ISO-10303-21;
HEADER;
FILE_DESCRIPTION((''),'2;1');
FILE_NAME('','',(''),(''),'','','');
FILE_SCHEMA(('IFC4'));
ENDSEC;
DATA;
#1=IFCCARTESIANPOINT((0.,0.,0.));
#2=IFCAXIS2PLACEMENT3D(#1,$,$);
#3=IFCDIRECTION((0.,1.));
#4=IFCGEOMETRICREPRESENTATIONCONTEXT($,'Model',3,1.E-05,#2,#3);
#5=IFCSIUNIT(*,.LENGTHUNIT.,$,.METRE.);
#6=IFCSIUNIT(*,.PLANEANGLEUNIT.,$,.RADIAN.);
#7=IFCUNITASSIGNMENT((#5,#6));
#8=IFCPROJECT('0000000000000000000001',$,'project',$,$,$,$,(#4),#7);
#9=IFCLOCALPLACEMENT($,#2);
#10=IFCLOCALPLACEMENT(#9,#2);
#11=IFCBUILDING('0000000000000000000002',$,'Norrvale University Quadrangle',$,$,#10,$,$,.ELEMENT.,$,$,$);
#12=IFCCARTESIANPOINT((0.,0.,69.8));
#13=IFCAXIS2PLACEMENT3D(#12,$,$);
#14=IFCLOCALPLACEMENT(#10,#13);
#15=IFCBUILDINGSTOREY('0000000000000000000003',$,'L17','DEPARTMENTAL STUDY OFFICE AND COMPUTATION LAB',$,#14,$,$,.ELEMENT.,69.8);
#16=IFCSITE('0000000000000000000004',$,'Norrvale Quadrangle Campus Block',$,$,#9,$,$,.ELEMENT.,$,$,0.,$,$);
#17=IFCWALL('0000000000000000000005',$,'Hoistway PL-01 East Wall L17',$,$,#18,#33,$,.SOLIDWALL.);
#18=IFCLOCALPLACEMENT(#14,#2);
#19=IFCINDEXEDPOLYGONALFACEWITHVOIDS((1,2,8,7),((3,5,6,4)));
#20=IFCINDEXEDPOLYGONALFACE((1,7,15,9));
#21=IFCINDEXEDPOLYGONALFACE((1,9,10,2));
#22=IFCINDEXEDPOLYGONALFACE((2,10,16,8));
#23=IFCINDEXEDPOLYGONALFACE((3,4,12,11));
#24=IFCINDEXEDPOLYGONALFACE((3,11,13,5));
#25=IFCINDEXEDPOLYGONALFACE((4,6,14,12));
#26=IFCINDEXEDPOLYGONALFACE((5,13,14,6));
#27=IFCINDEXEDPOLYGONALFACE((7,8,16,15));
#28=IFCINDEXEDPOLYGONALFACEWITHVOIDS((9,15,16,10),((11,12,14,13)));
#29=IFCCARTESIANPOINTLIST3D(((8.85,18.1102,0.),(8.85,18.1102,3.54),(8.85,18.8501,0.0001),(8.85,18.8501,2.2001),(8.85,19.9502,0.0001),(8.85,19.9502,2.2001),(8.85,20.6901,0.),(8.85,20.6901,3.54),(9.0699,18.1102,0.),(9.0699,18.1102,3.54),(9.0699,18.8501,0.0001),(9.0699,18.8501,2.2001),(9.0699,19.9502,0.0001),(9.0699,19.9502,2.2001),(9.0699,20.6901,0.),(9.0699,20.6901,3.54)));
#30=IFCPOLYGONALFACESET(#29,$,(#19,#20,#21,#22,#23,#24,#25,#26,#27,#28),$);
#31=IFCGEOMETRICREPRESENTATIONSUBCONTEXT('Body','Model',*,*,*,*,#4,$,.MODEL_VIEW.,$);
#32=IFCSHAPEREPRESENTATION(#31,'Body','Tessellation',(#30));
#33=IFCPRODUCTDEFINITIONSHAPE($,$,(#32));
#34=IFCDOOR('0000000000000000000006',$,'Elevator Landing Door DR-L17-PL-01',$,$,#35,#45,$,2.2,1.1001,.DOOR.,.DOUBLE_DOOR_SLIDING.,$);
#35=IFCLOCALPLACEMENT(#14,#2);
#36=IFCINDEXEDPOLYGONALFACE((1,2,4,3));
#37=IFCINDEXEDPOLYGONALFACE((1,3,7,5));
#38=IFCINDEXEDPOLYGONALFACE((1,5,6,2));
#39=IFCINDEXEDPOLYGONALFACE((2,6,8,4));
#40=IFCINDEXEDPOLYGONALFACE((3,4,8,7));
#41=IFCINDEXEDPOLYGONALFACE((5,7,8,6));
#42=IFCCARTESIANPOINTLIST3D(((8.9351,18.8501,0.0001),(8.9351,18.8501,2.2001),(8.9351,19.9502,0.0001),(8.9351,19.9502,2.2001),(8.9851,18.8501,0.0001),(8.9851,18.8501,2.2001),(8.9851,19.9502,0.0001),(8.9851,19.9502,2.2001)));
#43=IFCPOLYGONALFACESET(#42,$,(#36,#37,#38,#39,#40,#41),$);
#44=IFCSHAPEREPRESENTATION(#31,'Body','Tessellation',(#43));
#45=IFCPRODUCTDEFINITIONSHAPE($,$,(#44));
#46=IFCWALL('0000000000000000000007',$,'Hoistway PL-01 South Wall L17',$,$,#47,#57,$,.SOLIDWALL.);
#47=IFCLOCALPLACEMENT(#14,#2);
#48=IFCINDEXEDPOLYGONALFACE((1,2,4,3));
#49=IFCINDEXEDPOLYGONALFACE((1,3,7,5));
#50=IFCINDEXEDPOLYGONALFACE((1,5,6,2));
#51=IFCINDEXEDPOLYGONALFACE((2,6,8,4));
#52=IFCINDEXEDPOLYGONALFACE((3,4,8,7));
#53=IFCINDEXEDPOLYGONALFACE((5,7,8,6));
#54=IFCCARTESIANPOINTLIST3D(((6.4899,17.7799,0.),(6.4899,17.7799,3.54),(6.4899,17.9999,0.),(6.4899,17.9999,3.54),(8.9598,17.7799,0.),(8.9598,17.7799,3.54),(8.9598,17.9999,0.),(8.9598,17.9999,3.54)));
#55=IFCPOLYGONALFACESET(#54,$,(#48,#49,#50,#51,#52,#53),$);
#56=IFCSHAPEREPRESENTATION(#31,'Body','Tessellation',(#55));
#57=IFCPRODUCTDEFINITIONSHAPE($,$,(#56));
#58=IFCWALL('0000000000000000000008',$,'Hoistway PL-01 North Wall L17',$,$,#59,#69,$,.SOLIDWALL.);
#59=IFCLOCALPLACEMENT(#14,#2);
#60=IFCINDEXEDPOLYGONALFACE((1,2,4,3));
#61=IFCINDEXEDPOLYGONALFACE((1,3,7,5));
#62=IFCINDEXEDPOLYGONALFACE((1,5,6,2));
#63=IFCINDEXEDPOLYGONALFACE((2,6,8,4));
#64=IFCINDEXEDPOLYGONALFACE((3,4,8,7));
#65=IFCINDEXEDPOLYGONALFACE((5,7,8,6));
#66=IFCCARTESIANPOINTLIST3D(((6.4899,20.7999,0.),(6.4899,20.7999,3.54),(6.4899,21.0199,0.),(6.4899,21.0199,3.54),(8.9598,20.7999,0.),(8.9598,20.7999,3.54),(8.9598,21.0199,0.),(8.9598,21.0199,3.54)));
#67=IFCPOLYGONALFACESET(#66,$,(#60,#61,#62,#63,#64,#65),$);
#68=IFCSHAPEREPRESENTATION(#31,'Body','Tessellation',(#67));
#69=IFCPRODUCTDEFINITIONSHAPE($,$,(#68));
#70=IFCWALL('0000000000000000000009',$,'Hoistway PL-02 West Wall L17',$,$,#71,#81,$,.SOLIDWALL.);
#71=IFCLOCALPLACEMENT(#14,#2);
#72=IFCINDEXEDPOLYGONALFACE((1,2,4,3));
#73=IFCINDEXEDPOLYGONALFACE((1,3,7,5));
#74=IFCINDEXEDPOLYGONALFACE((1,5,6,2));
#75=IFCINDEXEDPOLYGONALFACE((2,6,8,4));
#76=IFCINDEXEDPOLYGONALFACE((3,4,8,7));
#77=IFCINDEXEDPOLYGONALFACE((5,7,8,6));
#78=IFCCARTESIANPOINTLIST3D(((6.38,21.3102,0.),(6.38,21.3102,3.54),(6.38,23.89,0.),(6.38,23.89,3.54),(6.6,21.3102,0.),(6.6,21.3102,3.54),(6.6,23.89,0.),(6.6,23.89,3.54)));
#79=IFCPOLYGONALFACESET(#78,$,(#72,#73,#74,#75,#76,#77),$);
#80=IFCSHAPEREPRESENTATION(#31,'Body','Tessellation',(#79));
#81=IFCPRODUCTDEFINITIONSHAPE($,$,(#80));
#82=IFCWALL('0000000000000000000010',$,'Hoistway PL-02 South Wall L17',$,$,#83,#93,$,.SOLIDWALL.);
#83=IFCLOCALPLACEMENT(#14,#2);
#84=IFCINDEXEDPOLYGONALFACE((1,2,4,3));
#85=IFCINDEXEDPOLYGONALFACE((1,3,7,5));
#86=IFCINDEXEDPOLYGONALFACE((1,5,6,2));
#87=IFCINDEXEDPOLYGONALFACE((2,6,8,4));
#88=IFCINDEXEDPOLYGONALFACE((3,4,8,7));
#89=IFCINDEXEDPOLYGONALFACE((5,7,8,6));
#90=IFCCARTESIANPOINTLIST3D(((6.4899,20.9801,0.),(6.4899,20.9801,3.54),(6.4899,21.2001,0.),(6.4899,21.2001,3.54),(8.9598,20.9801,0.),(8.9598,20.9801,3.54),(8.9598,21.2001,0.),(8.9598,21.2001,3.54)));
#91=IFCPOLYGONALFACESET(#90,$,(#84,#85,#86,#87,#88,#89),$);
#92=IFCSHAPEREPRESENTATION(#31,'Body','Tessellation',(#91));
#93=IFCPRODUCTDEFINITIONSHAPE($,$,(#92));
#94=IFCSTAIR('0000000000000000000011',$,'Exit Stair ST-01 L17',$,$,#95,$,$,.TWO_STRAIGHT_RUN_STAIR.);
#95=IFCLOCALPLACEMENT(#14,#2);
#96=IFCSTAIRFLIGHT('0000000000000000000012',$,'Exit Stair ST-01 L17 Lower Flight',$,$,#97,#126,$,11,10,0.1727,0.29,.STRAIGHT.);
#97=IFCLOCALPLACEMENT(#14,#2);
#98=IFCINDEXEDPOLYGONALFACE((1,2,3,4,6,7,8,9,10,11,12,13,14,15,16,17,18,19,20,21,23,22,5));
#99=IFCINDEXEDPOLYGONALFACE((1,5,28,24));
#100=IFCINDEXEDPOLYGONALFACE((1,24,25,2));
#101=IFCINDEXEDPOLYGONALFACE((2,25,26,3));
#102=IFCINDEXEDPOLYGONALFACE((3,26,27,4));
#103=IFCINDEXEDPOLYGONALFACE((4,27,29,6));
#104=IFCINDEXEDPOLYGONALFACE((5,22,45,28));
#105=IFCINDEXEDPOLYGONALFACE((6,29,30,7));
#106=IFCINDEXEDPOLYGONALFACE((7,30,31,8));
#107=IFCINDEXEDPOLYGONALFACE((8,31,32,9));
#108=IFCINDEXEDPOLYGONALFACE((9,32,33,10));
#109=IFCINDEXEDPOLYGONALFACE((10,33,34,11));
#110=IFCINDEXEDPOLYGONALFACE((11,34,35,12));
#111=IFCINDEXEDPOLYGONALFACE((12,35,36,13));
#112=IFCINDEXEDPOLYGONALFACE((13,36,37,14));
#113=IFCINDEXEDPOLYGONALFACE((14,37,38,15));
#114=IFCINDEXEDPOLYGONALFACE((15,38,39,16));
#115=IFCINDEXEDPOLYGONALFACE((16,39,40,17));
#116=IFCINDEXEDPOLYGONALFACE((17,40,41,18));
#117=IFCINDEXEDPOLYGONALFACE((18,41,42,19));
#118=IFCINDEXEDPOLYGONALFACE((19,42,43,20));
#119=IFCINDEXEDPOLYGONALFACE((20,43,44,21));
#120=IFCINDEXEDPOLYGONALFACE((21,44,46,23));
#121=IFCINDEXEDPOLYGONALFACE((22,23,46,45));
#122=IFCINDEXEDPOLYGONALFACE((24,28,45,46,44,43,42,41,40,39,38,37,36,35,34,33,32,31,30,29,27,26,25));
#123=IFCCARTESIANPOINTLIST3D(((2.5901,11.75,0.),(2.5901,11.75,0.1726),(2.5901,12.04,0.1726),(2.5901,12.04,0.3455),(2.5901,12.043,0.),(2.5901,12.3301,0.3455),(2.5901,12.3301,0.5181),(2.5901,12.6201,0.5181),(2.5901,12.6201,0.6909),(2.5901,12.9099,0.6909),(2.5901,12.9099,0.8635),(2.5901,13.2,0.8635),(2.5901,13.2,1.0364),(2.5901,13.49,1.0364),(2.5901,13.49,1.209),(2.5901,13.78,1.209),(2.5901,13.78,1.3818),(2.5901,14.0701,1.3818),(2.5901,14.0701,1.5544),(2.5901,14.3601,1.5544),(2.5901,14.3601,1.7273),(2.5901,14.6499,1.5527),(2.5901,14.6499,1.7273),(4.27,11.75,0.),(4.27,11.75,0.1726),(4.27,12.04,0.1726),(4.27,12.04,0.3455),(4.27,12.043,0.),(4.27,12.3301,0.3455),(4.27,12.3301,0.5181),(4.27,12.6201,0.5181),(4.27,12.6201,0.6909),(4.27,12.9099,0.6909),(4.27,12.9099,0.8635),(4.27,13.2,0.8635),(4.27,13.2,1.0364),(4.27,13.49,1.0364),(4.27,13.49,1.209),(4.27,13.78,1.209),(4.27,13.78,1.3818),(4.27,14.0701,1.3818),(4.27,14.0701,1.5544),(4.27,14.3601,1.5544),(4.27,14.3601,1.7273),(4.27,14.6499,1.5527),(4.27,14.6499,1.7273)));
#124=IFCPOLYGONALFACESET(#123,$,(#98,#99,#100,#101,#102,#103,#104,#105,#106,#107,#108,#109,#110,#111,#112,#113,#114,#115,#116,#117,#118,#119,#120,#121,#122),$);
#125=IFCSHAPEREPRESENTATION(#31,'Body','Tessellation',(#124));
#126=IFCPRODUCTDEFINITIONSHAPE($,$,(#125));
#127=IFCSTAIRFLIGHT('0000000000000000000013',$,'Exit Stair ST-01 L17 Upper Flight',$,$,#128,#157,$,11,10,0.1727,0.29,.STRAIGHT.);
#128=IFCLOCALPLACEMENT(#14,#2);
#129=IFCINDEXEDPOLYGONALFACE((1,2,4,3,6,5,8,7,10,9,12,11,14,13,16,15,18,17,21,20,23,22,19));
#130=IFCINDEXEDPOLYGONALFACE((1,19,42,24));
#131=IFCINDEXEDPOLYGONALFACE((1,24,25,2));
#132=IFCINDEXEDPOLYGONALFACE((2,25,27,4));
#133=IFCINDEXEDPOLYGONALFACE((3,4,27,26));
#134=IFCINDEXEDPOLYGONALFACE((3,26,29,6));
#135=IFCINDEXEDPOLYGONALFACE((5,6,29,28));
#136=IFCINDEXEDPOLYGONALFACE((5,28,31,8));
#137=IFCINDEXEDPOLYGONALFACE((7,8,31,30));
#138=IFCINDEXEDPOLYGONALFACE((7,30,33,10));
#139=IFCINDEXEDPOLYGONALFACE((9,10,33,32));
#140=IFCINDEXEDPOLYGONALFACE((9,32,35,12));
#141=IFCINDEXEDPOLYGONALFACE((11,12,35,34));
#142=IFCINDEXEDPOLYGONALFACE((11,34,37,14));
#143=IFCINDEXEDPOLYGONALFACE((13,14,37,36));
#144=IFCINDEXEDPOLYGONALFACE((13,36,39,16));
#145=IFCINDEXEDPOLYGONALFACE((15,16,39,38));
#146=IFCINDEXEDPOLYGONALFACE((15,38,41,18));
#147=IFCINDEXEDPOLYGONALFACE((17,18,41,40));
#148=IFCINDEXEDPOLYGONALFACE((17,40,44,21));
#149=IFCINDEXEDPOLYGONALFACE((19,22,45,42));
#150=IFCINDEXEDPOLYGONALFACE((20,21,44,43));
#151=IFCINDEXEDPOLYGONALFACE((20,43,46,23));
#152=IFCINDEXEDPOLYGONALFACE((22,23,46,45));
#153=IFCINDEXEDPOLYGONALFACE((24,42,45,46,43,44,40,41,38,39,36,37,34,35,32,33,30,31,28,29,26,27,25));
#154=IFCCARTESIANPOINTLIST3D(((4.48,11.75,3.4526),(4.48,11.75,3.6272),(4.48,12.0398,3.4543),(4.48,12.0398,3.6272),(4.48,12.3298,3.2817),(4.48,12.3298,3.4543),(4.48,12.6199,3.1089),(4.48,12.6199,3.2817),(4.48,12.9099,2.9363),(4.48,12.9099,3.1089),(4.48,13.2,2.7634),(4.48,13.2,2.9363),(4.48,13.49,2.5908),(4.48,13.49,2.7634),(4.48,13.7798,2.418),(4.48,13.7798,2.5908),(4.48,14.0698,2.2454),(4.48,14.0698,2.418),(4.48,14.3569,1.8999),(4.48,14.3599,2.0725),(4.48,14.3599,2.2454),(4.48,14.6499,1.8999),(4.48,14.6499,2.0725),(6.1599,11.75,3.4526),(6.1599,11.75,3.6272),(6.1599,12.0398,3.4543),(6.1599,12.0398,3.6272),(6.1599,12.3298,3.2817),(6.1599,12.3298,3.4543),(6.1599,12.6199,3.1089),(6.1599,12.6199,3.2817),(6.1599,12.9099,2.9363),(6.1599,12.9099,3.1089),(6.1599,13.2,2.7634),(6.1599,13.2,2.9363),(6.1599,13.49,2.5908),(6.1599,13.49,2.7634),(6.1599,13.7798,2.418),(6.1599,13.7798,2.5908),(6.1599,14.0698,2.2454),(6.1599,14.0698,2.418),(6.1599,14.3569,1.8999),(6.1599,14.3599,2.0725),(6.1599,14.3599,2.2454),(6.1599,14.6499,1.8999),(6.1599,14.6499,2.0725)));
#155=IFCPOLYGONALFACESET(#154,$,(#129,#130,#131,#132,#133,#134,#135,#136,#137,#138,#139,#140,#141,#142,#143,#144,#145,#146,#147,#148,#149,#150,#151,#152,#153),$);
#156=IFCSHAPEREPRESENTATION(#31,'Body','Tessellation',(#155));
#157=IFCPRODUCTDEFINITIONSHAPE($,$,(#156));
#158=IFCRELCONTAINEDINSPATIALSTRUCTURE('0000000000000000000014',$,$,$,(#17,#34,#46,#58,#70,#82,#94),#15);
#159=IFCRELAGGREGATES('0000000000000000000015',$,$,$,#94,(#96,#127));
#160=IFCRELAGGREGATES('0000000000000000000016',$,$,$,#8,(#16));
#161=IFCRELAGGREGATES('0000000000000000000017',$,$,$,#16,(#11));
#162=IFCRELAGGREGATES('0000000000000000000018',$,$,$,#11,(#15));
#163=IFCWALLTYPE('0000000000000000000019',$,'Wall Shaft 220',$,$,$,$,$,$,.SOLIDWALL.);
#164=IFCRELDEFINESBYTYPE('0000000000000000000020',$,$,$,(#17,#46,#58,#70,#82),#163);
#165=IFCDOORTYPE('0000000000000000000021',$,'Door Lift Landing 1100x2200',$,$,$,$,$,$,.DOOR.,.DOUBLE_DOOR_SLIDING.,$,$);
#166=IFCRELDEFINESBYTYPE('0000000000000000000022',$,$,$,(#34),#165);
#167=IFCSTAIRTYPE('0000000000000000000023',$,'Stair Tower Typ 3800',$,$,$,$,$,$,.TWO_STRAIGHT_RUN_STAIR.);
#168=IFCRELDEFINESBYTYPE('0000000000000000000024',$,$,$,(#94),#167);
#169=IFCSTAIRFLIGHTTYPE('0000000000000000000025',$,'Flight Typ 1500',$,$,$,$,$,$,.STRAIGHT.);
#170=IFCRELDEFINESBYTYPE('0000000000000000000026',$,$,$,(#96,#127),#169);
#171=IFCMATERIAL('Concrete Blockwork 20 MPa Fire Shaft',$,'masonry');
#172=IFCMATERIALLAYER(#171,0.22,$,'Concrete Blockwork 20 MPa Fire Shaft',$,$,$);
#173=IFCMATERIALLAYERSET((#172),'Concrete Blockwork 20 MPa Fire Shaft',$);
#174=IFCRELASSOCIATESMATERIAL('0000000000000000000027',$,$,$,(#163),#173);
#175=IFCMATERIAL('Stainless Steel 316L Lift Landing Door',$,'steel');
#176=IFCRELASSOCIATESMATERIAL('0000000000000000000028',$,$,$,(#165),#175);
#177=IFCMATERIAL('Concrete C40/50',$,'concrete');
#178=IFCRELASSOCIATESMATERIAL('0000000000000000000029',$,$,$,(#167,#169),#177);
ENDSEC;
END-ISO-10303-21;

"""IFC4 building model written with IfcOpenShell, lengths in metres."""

from ifc_helpers import new_model, si_unit, direction, frame, frame_2d, origin, place, context, subcontext, project, spatial, polyline, rectangle, outline, extrude, material, layer, layer_set, type_object, element, fill, aggregate, save


model = new_model("IFC4")

# Units and contexts
model_context = context("Model", 3, precision=1e-05, world=origin(), true_north=direction((0.0, 1.0)))
body_context = subcontext(model_context, "Body", "Model", "MODEL_VIEW")
ifc_project = project(units=[si_unit("LENGTHUNIT", "METRE"), si_unit("PLANEANGLEUNIT", "RADIAN")], contexts=[model_context])

# Site, building, storey
site_placement = place(None, origin())
site = spatial("IfcSite", under=ifc_project, at=site_placement, Name="Norrvale Quadrangle Campus Block", CompositionType="ELEMENT", RefElevation=0.0)
building_placement = place(site_placement, origin())
building = spatial("IfcBuilding", under=site, at=building_placement, Name="Norrvale University Quadrangle", CompositionType="ELEMENT")
storey_placement = place(building_placement, frame((0.0, 0.0, 69.8)))
storey = spatial("IfcBuildingStorey", under=building, at=storey_placement, Name="L17", Description="DEPARTMENTAL STUDY OFFICE AND COMPUTATION LAB", CompositionType="ELEMENT", Elevation=69.8)

# Shared definitions
ifc_material_1 = material(Name="Concrete Blockwork 20 MPa Fire Shaft", Category="masonry")
ifc_layer_1 = layer(ifc_material_1, 0.22, Name="Concrete Blockwork 20 MPa Fire Shaft")
ifc_layer_set_1 = layer_set([ifc_layer_1], Name="Concrete Blockwork 20 MPa Fire Shaft")
wall_type_1 = type_object("IfcWallType", Name="Wall Shaft 220", PredefinedType="SOLIDWALL", material=ifc_layer_set_1)

# Wall, opening, door
wall_1_placement = place(storey_placement, frame((8.96, 18.1101, 0.0), z_axis=(0.0, 0.0, 1.0), x_axis=(0.0, 1.0, 0.0)))
wall_1 = element("IfcWall", 1, at=wall_1_placement, inside=storey, type_object=wall_type_1, Name="Hoistway PL-01 East Wall L17", PredefinedType="SOLIDWALL", context=body_context, shape_type="SweptSolid", body=[
    extrude(rectangle(XDim=2.5798, YDim=0.22, at=frame_2d((1.29, 0.0))), origin(), (0.0, 0.0, 1.0), 3.54),
])
opening_1_placement = place(wall_1_placement, frame((0.74, 0.0, 0.0)))
opening_1 = element("IfcOpeningElement", 2, at=opening_1_placement, cuts=wall_1, PredefinedType="OPENING", context=body_context, shape_type="SweptSolid", body=[
    extrude(rectangle(XDim=1.1001, YDim=2.2, at=frame_2d((0.55, 1.1001))), frame((0.0, 0.1221, 0.0), z_axis=(0.0, -1.0, 0.0), x_axis=(1.0, 0.0, 0.0)), (0.0, 0.0, 1.0), 0.2439),
])
ifc_material_2 = material(Name="Stainless Steel 316L Lift Landing Door", Category="steel")
door_type_1 = type_object("IfcDoorType", Name="Door Lift Landing 1100x2200", OperationType="DOUBLE_DOOR_SLIDING", PredefinedType="DOOR", material=ifc_material_2)
door_1_placement = place(opening_1_placement, origin())
door_1 = element("IfcDoor", 3, at=door_1_placement, inside=storey, type_object=door_type_1, Name="Elevator Landing Door DR-L17-PL-01", OperationType="DOUBLE_DOOR_SLIDING", OverallHeight=2.2, OverallWidth=1.1001, PredefinedType="DOOR", context=body_context, shape_type="SweptSolid", body=[
    extrude(rectangle(XDim=1.1001, YDim=2.2, at=frame_2d((0.55, 1.1001))), frame((0.0, 0.0249, 0.0), z_axis=(0.0, -1.0, 0.0), x_axis=(1.0, 0.0, 0.0)), (0.0, 0.0, 1.0), 0.05),
])
fill(opening_1, door_1)

# Walls
for number, where, z_axis, x_axis, name in (
    (4, (6.49, 17.8899, 0.0), (0.0, 0.0, 1.0), (1.0, 0.0, 0.0), "Hoistway PL-01 South Wall L17"),
    (5, (6.49, 20.9099, 0.0), (0.0, 0.0, 1.0), (1.0, 0.0, 0.0), "Hoistway PL-01 North Wall L17"),
):
    element("IfcWall", number, at=place(storey_placement, frame(where, z_axis=z_axis, x_axis=x_axis)), inside=storey, type_object=wall_type_1, Name=name, PredefinedType="SOLIDWALL", context=body_context, shape_type="SweptSolid", body=[
        extrude(rectangle(XDim=2.47, YDim=0.22, at=frame_2d((1.2349, 0.0))), origin(), (0.0, 0.0, 1.0), 3.54),
    ])
wall_2_placement = place(storey_placement, frame((6.49, 21.3101, 0.0), z_axis=(0.0, 0.0, 1.0), x_axis=(0.0, 1.0, 0.0)))
element("IfcWall", 6, at=wall_2_placement, inside=storey, type_object=wall_type_1, Name="Hoistway PL-02 West Wall L17", PredefinedType="SOLIDWALL", context=body_context, shape_type="SweptSolid", body=[
    extrude(rectangle(XDim=2.5798, YDim=0.22, at=frame_2d((1.29, 0.0))), origin(), (0.0, 0.0, 1.0), 3.54),
])
wall_3_placement = place(storey_placement, frame((6.49, 21.0901, 0.0), z_axis=(0.0, 0.0, 1.0), x_axis=(1.0, 0.0, 0.0)))
element("IfcWall", 7, at=wall_3_placement, inside=storey, type_object=wall_type_1, Name="Hoistway PL-02 South Wall L17", PredefinedType="SOLIDWALL", context=body_context, shape_type="SweptSolid", body=[
    extrude(rectangle(XDim=2.47, YDim=0.22, at=frame_2d((1.2349, 0.0))), origin(), (0.0, 0.0, 1.0), 3.54),
])

# Stair, stair flights
ifc_material_3 = material(Name="Concrete C40/50", Category="concrete")
stair_type = type_object("IfcStairType", Name="Stair Tower Typ 3800", PredefinedType="TWO_STRAIGHT_RUN_STAIR", material=ifc_material_3)
stair_placement = place(storey_placement, origin())
stair = element("IfcStair", 8, at=stair_placement, inside=storey, type_object=stair_type, Name="Exit Stair ST-01 L17", PredefinedType="TWO_STRAIGHT_RUN_STAIR")
stair_flight_type = type_object("IfcStairFlightType", Name="Flight Typ 1500", PredefinedType="STRAIGHT", material=ifc_material_3)
stair_flight_1_placement = place(storey_placement, frame((3.4299, 11.75, 0.0), z_axis=(0.0, 0.0, 1.0), x_axis=(0.0, 1.0, 0.0)))
stair_flight_1 = element("IfcStairFlight", 9, at=stair_flight_1_placement, type_object=stair_flight_type, Name="Exit Stair ST-01 L17 Lower Flight", NumberOfRisers=11, NumberOfTreads=10, PredefinedType="STRAIGHT", RiserHeight=0.1727, TreadLength=0.29, context=body_context, shape_type="SweptSolid", body=[
    extrude(outline(polyline([(0.0, 0.0), (0.0, 0.1726), (0.29, 0.1726), (0.29, 0.3455), (0.5801, 0.3455), (0.5801, 0.5181), (0.8701, 0.5181), (0.8701, 0.6909), (1.1599, 0.6909), (1.1599, 0.8635), (1.45, 0.8635), (1.45, 1.0364), (1.74, 1.0364), (1.74, 1.209), (2.03, 1.209), (2.03, 1.3818), (2.3201, 1.3818), (2.3201, 1.5544), (2.6101, 1.5544), (2.6101, 1.7273), (2.8999, 1.7273), (2.8999, 1.8999), (2.8999, 1.5527), (0.293, 0.0), (0.0, 0.0)])), frame((0.0, 0.8398, 0.0), z_axis=(0.0, -1.0, 0.0), x_axis=(1.0, 0.0, 0.0)), (0.0, 0.0, 1.0), 1.6799),
])
stair_flight_2_placement = place(storey_placement, frame((5.3201, 14.6499, 1.8999), z_axis=(0.0, 0.0, 1.0), x_axis=(0.0, -1.0, 0.0)))
stair_flight_2 = element("IfcStairFlight", 10, at=stair_flight_2_placement, type_object=stair_flight_type, Name="Exit Stair ST-01 L17 Upper Flight", NumberOfRisers=11, NumberOfTreads=10, PredefinedType="STRAIGHT", RiserHeight=0.1727, TreadLength=0.29, context=body_context, shape_type="SweptSolid", body=[
    extrude(outline(polyline([(0.0, 0.0), (0.0, 0.1726), (0.29, 0.1726), (0.29, 0.3455), (0.5801, 0.3455), (0.5801, 0.5181), (0.8701, 0.5181), (0.8701, 0.6909), (1.1599, 0.6909), (1.1599, 0.8635), (1.45, 0.8635), (1.45, 1.0364), (1.74, 1.0364), (1.74, 1.209), (2.03, 1.209), (2.03, 1.3818), (2.3201, 1.3818), (2.3201, 1.5544), (2.6101, 1.5544), (2.6101, 1.7273), (2.8999, 1.7273), (2.8999, 1.8999), (2.8999, 1.5527), (0.293, 0.0), (0.0, 0.0)])), frame((0.0, 0.8398, 0.0), z_axis=(0.0, -1.0, 0.0), x_axis=(1.0, 0.0, 0.0)), (0.0, 0.0, 1.0), 1.6799),
])
aggregate(stair, [stair_flight_1, stair_flight_2])

save(model, "model.ifc")
